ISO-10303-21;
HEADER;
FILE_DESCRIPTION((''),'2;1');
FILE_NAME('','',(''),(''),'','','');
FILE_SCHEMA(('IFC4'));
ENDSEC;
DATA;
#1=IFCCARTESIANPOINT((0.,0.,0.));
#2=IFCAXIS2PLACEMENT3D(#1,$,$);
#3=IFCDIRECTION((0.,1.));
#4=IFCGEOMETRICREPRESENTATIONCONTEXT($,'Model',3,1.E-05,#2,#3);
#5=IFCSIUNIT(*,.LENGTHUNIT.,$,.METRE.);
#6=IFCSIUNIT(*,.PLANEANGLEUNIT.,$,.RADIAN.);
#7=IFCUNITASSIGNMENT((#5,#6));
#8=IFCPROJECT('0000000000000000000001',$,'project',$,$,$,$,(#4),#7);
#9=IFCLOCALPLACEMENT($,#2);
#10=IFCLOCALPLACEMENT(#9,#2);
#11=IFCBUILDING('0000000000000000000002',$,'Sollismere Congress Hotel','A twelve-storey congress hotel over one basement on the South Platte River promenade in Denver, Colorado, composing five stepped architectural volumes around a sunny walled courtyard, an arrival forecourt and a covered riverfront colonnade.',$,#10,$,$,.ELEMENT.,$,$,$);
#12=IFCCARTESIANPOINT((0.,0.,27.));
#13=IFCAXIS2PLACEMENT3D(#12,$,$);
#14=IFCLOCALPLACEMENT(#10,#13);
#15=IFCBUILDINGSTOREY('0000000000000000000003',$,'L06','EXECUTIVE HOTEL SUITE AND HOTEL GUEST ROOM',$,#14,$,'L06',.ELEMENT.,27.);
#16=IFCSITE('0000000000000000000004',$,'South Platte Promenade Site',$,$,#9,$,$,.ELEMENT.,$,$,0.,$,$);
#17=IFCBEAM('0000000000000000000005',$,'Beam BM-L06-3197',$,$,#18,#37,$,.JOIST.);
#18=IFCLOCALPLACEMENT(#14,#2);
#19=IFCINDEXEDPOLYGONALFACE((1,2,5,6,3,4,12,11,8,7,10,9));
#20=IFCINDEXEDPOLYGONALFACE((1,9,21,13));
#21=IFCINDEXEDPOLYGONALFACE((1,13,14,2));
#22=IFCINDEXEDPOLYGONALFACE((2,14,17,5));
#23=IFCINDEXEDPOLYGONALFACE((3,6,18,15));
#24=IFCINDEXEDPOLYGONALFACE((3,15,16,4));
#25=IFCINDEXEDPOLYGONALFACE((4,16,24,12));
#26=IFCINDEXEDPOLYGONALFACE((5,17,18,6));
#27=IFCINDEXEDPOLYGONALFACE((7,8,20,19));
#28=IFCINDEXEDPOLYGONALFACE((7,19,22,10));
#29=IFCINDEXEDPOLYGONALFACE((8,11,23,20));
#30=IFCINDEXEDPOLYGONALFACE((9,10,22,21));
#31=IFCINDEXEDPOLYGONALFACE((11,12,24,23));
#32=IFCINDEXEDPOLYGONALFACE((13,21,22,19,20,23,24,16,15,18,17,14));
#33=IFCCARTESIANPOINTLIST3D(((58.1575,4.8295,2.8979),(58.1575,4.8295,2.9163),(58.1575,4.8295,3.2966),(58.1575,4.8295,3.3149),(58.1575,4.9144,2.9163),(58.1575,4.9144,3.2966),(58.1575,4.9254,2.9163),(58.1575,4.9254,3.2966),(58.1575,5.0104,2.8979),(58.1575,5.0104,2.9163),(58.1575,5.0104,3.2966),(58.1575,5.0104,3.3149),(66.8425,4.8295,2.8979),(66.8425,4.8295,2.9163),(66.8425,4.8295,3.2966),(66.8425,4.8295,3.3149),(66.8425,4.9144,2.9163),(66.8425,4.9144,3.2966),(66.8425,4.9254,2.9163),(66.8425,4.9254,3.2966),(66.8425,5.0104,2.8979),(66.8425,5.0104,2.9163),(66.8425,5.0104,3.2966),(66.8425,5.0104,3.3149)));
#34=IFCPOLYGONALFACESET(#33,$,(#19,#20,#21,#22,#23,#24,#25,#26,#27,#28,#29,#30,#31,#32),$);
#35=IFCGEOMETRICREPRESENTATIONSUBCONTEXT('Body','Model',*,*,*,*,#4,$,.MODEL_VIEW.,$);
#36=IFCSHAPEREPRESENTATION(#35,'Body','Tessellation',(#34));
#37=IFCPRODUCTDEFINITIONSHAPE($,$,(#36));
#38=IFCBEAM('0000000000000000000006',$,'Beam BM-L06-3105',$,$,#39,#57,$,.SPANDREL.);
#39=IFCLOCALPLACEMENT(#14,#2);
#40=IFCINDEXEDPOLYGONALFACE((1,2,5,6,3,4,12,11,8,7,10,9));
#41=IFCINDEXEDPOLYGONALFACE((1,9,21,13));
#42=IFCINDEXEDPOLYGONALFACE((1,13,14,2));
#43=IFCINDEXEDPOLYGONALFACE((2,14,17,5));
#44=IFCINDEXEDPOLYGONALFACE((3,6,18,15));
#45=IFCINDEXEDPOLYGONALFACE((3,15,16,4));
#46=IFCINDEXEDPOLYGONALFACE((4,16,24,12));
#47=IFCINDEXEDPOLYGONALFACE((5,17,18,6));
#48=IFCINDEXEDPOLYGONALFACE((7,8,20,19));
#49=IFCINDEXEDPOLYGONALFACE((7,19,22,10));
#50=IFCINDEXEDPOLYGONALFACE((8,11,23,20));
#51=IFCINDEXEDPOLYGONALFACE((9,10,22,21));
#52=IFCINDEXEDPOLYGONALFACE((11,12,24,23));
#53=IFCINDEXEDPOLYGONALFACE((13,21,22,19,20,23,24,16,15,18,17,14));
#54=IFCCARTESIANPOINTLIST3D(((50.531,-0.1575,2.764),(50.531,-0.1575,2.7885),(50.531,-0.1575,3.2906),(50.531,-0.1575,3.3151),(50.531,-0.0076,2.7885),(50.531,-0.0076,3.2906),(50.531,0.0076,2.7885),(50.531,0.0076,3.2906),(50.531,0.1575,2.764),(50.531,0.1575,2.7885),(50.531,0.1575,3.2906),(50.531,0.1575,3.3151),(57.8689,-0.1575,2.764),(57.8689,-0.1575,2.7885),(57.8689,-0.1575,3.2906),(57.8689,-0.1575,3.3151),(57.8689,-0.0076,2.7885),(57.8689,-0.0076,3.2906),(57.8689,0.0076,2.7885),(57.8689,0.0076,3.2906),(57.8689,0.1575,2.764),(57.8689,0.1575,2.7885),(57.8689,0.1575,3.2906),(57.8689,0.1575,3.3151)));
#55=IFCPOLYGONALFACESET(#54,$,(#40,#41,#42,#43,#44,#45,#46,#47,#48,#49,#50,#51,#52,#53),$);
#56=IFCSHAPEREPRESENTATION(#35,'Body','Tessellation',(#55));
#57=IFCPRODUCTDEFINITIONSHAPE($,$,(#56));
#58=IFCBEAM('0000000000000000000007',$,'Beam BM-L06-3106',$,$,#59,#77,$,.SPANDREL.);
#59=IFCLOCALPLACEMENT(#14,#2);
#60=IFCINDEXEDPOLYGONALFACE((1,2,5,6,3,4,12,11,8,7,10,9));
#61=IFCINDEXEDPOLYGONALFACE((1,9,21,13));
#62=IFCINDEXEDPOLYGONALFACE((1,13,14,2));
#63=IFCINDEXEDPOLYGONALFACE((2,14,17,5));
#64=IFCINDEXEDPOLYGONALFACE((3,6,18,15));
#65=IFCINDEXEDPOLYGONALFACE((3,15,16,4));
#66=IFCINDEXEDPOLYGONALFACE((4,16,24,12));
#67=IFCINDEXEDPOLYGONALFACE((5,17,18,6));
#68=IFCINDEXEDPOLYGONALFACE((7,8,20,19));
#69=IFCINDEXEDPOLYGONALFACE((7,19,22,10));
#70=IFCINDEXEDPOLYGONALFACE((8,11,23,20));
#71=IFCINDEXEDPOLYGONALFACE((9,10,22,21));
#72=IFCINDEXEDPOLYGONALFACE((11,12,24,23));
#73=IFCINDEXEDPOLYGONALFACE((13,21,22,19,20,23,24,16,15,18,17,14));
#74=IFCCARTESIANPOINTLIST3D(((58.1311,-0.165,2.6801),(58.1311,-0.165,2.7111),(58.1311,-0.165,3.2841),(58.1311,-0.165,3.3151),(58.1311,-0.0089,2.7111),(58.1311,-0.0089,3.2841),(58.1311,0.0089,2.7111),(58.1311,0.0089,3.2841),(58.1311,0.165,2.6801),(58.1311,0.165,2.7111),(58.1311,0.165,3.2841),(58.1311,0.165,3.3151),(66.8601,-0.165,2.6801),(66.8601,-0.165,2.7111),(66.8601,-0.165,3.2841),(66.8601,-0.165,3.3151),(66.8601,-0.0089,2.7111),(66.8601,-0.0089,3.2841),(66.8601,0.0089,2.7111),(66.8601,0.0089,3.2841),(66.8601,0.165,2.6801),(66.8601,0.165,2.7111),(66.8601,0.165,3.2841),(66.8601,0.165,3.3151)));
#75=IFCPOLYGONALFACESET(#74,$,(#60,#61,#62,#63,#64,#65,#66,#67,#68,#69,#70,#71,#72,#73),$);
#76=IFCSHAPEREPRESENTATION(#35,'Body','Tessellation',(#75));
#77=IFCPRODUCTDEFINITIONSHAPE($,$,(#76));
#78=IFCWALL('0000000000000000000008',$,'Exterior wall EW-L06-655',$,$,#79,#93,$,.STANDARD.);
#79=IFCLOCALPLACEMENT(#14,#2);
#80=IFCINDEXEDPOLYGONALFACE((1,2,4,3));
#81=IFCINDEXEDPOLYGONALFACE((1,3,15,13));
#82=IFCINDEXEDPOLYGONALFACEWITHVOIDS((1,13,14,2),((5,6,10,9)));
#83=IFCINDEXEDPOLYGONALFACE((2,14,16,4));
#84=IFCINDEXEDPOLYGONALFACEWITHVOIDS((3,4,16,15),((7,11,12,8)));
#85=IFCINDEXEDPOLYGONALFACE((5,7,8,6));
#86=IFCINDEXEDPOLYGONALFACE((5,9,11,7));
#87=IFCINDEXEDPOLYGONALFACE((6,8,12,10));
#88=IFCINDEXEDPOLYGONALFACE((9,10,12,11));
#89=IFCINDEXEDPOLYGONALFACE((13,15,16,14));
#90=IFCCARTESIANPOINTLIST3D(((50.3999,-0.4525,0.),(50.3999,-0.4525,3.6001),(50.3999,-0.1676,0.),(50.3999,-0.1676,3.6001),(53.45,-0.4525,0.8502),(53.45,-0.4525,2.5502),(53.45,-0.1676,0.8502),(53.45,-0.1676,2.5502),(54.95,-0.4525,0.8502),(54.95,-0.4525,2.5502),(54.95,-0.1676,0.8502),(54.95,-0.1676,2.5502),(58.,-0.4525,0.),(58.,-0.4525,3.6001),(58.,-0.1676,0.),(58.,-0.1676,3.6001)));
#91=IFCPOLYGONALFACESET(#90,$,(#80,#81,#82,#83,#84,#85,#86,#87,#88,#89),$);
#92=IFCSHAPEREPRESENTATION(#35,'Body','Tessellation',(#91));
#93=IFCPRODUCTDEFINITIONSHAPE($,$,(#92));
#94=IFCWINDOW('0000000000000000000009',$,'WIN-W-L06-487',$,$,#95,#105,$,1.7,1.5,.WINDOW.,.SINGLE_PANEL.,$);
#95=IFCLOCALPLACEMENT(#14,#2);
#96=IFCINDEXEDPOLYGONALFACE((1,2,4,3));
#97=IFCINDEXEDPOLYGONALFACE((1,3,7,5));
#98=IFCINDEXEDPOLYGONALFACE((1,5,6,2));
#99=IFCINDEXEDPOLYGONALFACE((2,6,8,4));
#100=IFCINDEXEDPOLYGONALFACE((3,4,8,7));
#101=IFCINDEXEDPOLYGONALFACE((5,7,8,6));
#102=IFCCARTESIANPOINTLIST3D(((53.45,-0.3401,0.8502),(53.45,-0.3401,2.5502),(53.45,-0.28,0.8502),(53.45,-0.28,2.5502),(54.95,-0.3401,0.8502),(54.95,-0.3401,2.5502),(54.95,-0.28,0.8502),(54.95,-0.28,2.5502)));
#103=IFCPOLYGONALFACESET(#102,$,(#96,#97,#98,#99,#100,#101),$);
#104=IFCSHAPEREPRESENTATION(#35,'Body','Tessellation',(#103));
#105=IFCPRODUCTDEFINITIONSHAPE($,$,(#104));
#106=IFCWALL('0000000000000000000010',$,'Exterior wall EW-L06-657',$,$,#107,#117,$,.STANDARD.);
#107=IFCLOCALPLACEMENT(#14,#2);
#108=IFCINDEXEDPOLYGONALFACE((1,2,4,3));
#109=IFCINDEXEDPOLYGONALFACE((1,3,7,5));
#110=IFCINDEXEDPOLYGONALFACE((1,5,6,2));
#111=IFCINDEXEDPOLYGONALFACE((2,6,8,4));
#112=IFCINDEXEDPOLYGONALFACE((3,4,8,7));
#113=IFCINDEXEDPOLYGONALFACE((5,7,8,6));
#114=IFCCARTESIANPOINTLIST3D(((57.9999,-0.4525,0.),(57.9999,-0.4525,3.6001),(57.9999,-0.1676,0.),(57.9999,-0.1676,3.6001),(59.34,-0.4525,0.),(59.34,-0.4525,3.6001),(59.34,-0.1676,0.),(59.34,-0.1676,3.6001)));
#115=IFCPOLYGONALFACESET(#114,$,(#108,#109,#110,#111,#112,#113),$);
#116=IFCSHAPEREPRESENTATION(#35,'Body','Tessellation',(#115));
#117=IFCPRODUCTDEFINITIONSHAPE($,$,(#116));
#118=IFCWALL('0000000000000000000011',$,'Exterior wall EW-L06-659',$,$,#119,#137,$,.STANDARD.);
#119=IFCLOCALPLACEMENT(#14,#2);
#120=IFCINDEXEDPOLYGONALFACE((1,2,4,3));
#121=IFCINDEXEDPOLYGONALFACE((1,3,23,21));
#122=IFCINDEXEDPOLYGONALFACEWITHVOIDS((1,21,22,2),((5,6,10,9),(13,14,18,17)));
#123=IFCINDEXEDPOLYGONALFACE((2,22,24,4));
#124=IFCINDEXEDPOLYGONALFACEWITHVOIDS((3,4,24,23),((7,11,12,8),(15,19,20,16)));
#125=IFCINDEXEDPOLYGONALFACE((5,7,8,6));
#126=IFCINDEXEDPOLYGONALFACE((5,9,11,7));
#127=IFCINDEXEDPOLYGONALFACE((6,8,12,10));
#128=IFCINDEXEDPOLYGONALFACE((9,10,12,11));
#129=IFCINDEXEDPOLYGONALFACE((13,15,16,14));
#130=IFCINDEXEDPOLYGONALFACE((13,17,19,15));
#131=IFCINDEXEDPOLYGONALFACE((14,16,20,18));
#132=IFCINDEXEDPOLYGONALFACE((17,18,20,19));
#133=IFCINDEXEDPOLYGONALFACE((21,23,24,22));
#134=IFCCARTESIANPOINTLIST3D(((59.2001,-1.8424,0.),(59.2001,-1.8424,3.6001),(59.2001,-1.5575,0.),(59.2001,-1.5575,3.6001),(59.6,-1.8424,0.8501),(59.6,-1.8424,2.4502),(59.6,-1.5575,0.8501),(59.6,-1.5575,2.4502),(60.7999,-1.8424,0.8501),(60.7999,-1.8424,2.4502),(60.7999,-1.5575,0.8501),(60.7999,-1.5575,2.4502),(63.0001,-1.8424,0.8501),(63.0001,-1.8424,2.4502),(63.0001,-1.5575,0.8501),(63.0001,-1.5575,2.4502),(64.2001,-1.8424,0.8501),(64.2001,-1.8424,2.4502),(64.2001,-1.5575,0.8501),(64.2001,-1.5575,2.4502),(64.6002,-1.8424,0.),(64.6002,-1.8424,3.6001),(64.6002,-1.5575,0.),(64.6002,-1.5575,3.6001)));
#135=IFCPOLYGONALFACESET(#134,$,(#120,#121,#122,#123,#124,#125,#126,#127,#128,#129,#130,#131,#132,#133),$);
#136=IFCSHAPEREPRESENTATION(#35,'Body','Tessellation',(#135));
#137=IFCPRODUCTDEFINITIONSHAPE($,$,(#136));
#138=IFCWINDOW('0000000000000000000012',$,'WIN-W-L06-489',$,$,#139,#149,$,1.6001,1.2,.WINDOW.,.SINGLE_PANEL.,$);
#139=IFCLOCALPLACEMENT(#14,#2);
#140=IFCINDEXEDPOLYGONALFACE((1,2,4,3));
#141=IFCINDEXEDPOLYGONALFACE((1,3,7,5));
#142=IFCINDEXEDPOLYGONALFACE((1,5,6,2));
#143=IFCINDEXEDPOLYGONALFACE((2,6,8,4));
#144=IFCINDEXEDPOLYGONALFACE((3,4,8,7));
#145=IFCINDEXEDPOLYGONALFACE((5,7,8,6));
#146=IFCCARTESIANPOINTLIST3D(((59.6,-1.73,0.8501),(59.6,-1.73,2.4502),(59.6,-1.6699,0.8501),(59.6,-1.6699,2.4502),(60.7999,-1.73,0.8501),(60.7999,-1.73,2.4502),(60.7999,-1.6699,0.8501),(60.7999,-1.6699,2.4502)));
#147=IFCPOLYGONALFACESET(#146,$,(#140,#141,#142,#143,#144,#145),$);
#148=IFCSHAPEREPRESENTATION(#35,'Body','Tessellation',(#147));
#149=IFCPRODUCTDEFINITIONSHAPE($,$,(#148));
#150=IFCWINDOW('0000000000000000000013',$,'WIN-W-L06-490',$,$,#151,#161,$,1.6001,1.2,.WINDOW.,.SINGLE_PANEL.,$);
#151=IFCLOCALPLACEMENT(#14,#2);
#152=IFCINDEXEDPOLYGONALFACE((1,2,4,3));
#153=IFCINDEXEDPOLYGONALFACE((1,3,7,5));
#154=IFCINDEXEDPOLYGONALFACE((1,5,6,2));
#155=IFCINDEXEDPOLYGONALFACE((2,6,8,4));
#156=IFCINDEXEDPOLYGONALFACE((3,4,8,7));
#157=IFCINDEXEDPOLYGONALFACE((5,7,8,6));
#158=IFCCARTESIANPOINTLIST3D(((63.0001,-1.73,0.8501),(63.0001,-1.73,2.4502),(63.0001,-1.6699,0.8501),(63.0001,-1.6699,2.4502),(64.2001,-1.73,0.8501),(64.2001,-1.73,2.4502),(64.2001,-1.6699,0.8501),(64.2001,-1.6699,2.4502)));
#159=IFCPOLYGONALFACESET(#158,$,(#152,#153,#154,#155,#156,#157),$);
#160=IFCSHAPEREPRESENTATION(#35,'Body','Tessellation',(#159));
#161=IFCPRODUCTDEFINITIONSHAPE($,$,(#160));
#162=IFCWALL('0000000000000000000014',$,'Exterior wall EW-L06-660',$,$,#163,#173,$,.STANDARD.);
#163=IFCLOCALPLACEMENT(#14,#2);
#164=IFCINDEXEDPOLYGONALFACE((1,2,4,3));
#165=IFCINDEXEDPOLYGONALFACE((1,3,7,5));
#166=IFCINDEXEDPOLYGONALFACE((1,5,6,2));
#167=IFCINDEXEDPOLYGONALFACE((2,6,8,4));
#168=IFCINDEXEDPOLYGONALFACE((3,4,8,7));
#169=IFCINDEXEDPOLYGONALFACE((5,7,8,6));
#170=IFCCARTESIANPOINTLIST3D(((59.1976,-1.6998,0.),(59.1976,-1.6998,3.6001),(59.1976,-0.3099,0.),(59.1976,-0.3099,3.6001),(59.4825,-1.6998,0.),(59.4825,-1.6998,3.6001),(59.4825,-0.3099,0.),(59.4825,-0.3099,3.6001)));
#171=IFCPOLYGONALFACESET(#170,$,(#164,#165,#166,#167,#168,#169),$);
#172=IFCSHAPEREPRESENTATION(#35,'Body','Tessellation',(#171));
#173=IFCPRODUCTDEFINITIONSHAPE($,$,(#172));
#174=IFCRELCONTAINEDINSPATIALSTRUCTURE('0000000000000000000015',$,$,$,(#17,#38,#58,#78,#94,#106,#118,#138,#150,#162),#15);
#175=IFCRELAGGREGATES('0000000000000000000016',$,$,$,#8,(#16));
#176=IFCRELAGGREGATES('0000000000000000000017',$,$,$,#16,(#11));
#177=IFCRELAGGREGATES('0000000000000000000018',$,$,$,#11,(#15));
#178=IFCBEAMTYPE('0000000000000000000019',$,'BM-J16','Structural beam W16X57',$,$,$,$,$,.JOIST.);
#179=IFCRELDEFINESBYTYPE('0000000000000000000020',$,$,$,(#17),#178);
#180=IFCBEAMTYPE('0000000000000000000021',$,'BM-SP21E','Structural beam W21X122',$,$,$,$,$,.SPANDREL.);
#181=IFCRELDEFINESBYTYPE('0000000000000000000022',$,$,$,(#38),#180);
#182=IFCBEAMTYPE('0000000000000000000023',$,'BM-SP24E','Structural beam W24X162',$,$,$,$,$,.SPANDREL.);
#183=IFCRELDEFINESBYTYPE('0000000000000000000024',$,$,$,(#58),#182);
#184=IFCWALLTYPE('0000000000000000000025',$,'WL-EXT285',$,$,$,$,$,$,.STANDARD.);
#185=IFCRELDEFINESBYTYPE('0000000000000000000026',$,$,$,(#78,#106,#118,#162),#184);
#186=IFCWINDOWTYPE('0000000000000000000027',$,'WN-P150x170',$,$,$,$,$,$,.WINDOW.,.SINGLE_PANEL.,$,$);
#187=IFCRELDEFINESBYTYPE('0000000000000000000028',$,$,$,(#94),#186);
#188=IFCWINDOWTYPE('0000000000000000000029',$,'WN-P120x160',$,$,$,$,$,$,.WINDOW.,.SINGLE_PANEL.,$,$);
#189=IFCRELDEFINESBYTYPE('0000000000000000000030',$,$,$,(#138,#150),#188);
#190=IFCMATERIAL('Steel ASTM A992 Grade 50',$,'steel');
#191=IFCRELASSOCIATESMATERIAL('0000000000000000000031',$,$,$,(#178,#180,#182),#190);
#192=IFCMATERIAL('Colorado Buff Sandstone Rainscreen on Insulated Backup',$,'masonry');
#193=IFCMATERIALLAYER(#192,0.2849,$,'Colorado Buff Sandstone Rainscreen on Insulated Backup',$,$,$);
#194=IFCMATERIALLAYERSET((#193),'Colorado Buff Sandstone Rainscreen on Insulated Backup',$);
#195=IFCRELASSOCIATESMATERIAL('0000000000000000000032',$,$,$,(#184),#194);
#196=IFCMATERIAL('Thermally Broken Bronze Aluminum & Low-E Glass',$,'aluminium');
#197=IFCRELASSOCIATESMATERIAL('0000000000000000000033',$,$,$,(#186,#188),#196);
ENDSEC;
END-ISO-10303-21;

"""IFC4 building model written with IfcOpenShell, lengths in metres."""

from ifc_helpers import new_model, si_unit, direction, frame, frame_2d, origin, origin_2d, place, context, subcontext, project, spatial, rectangle, i_section, extrude, material, layer, layer_set, material_profile, profile_set, type_object, element, fill, save


model = new_model("IFC4")

# Units and contexts
model_context = context("Model", 3, precision=1e-05, world=origin(), true_north=direction((0.0, 1.0)))
body_context = subcontext(model_context, "Body", "Model", "MODEL_VIEW")
ifc_project = project(units=[si_unit("LENGTHUNIT", "METRE"), si_unit("PLANEANGLEUNIT", "RADIAN")], contexts=[model_context])

# Site, building, storey
site_placement = place(None, origin())
site = spatial("IfcSite", under=ifc_project, at=site_placement, Name="South Platte Promenade Site", CompositionType="ELEMENT", RefElevation=0.0)
building_placement = place(site_placement, origin())
building = spatial("IfcBuilding", under=site, at=building_placement, Name="Sollismere Congress Hotel", Description="A twelve-storey congress hotel over one basement on the South Platte River promenade in Denver, Colorado, composing five stepped architectural volumes around a sunny walled courtyard, an arrival forecourt and a covered riverfront colonnade.", CompositionType="ELEMENT")
storey_placement = place(building_placement, frame((0.0, 0.0, 27.0)))
storey = spatial("IfcBuildingStorey", under=building, at=storey_placement, Name="L06", Description="EXECUTIVE HOTEL SUITE AND HOTEL GUEST ROOM", LongName="L06", CompositionType="ELEMENT", Elevation=27.0)

# Shared definitions
ifc_material_1 = material(Name="Steel ASTM A992 Grade 50", Category="steel")

# Beams
ifc_material_profile_1 = material_profile(ifc_material_1, i_section(OverallWidth=0.1809, OverallDepth=0.417, WebThickness=0.011, FlangeThickness=0.0183, at=origin_2d()), Name="W16X57")
ifc_profile_set_1 = profile_set([ifc_material_profile_1], Name="Steel ASTM A992 Grade 50")
beam_type_1 = type_object("IfcBeamType", Name="BM-J16", Description="Structural beam W16X57", PredefinedType="JOIST", material=ifc_profile_set_1)
for number, where, z_axis, x_axis, name in (
    (1, (58.1575, 4.9199, 3.1064), (1.0, 0.0, 0.0), (0.0, 1.0, 0.0), "Beam BM-L06-3197"),
):
    element("IfcBeam", number, at=place(storey_placement, frame(where, z_axis=z_axis, x_axis=x_axis)), inside=storey, type_object=beam_type_1, Name=name, PredefinedType="JOIST", context=body_context, shape_type="SweptSolid", body=[
        extrude(i_section(OverallWidth=0.1809, OverallDepth=0.417, WebThickness=0.011, FlangeThickness=0.0183, at=origin_2d()), origin(), (0.0, 0.0, 1.0), 8.6851),
    ])
ifc_material_profile_2 = material_profile(ifc_material_1, i_section(OverallWidth=0.3149, OverallDepth=0.551, WebThickness=0.0151, FlangeThickness=0.0244, at=origin_2d()), Name="W21X122")
ifc_profile_set_2 = profile_set([ifc_material_profile_2], Name="Steel ASTM A992 Grade 50")
beam_type_2 = type_object("IfcBeamType", Name="BM-SP21E", Description="Structural beam W21X122", PredefinedType="SPANDREL", material=ifc_profile_set_2)
beam_1_placement = place(storey_placement, frame((50.531, 0.0, 3.0396), z_axis=(1.0, 0.0, 0.0), x_axis=(0.0, 1.0, 0.0)))
element("IfcBeam", 2, at=beam_1_placement, inside=storey, type_object=beam_type_2, Name="Beam BM-L06-3105", PredefinedType="SPANDREL", context=body_context, shape_type="SweptSolid", body=[
    extrude(i_section(OverallWidth=0.3149, OverallDepth=0.551, WebThickness=0.0151, FlangeThickness=0.0244, at=origin_2d()), origin(), (0.0, 0.0, 1.0), 7.3379),
])
ifc_material_profile_3 = material_profile(ifc_material_1, i_section(OverallWidth=0.3301, OverallDepth=0.635, WebThickness=0.0178, FlangeThickness=0.031, at=origin_2d()), Name="W24X162")
ifc_profile_set_3 = profile_set([ifc_material_profile_3], Name="Steel ASTM A992 Grade 50")
beam_type_3 = type_object("IfcBeamType", Name="BM-SP24E", Description="Structural beam W24X162", PredefinedType="SPANDREL", material=ifc_profile_set_3)
beam_2_placement = place(storey_placement, frame((58.1311, 0.0, 2.9976), z_axis=(1.0, 0.0, 0.0), x_axis=(0.0, 1.0, 0.0)))
element("IfcBeam", 3, at=beam_2_placement, inside=storey, type_object=beam_type_3, Name="Beam BM-L06-3106", PredefinedType="SPANDREL", context=body_context, shape_type="SweptSolid", body=[
    extrude(i_section(OverallWidth=0.3301, OverallDepth=0.635, WebThickness=0.0178, FlangeThickness=0.031, at=origin_2d()), origin(), (0.0, 0.0, 1.0), 8.729),
])

# Wall, opening, window
ifc_material_2 = material(Name="Colorado Buff Sandstone Rainscreen on Insulated Backup", Category="masonry")
ifc_layer_1 = layer(ifc_material_2, 0.2849, Name="Colorado Buff Sandstone Rainscreen on Insulated Backup")
ifc_layer_set_1 = layer_set([ifc_layer_1], Name="Colorado Buff Sandstone Rainscreen on Insulated Backup")
wall_type_1 = type_object("IfcWallType", Name="WL-EXT285", PredefinedType="STANDARD", material=ifc_layer_set_1)
wall_1_placement = place(storey_placement, frame((50.3999, -0.3101, 0.0), z_axis=(0.0, 0.0, 1.0), x_axis=(1.0, 0.0, 0.0)))
wall_1 = element("IfcWall", 4, at=wall_1_placement, inside=storey, type_object=wall_type_1, Name="Exterior wall EW-L06-655", PredefinedType="STANDARD", context=body_context, shape_type="SweptSolid", body=[
    extrude(rectangle(XDim=7.6001, YDim=0.2849, at=frame_2d((3.8, 0.0))), origin(), (0.0, 0.0, 1.0), 3.6001),
])
opening_1_placement = place(wall_1_placement, frame((3.05, 0.0, 0.8501)))
opening_1 = element("IfcOpeningElement", 5, at=opening_1_placement, cuts=wall_1, PredefinedType="OPENING", context=body_context, shape_type="SweptSolid", body=[
    extrude(rectangle(XDim=1.5, YDim=1.7, at=frame_2d((0.75, 0.8501))), frame((0.0, 0.1523, 0.0), z_axis=(0.0, -1.0, 0.0), x_axis=(1.0, 0.0, 0.0)), (0.0, 0.0, 1.0), 0.3049),
])
ifc_material_3 = material(Name="Thermally Broken Bronze Aluminum & Low-E Glass", Category="aluminium")
window_type_1 = type_object("IfcWindowType", Name="WN-P150x170", PartitioningType="SINGLE_PANEL", PredefinedType="WINDOW", material=ifc_material_3)
window_1_placement = place(opening_1_placement, origin())
window_1 = element("IfcWindow", 6, at=window_1_placement, inside=storey, type_object=window_type_1, Name="WIN-W-L06-487", OverallHeight=1.7, OverallWidth=1.5, PartitioningType="SINGLE_PANEL", PredefinedType="WINDOW", context=body_context, shape_type="SweptSolid", body=[
    extrude(rectangle(XDim=1.5, YDim=1.7, at=frame_2d((0.75, 0.8501))), frame((0.0, 0.03, 0.0), z_axis=(0.0, -1.0, 0.0), x_axis=(1.0, 0.0, 0.0)), (0.0, 0.0, 1.0), 0.0601),
])
fill(opening_1, window_1)

# Wall
wall_2_placement = place(storey_placement, frame((58.0, -0.3101, 0.0), z_axis=(0.0, 0.0, 1.0), x_axis=(1.0, 0.0, 0.0)))
element("IfcWall", 7, at=wall_2_placement, inside=storey, type_object=wall_type_1, Name="Exterior wall EW-L06-657", PredefinedType="STANDARD", context=body_context, shape_type="SweptSolid", body=[
    extrude(rectangle(XDim=1.3401, YDim=0.2849, at=frame_2d((0.6699, 0.0))), origin(), (0.0, 0.0, 1.0), 3.6001),
])

# Wall, openings, windows
wall_3_placement = place(storey_placement, frame((59.2, -1.7, 0.0), z_axis=(0.0, 0.0, 1.0), x_axis=(1.0, 0.0, 0.0)))
wall_3 = element("IfcWall", 8, at=wall_3_placement, inside=storey, type_object=wall_type_1, Name="Exterior wall EW-L06-659", PredefinedType="STANDARD", context=body_context, shape_type="SweptSolid", body=[
    extrude(rectangle(XDim=5.4001, YDim=0.2849, at=frame_2d((2.7002, 0.0))), origin(), (0.0, 0.0, 1.0), 3.6001),
])
opening_2_placement = place(wall_3_placement, frame((0.3999, 0.0, 0.8501)))
opening_2 = element("IfcOpeningElement", 9, at=opening_2_placement, cuts=wall_3, PredefinedType="OPENING", context=body_context, shape_type="SweptSolid", body=[
    extrude(rectangle(XDim=1.2, YDim=1.6001, at=frame_2d((0.6001, 0.8))), frame((0.0, 0.1523, 0.0), z_axis=(0.0, -1.0, 0.0), x_axis=(1.0, 0.0, 0.0)), (0.0, 0.0, 1.0), 0.3049),
])
opening_3_placement = place(wall_3_placement, frame((3.8, 0.0, 0.8501)))
opening_3 = element("IfcOpeningElement", 10, at=opening_3_placement, cuts=wall_3, PredefinedType="OPENING", context=body_context, shape_type="SweptSolid", body=[
    extrude(rectangle(XDim=1.2, YDim=1.6001, at=frame_2d((0.6001, 0.8))), frame((0.0, 0.1523, 0.0), z_axis=(0.0, -1.0, 0.0), x_axis=(1.0, 0.0, 0.0)), (0.0, 0.0, 1.0), 0.3049),
])
window_type_2 = type_object("IfcWindowType", Name="WN-P120x160", PartitioningType="SINGLE_PANEL", PredefinedType="WINDOW", material=ifc_material_3)
window_2_placement = place(opening_2_placement, origin())
window_2 = element("IfcWindow", 11, at=window_2_placement, inside=storey, type_object=window_type_2, Name="WIN-W-L06-489", OverallHeight=1.6001, OverallWidth=1.2, PartitioningType="SINGLE_PANEL", PredefinedType="WINDOW", context=body_context, shape_type="SweptSolid", body=[
    extrude(rectangle(XDim=1.2, YDim=1.6001, at=frame_2d((0.6001, 0.8))), frame((0.0, 0.03, 0.0), z_axis=(0.0, -1.0, 0.0), x_axis=(1.0, 0.0, 0.0)), (0.0, 0.0, 1.0), 0.0601),
])
fill(opening_2, window_2)
window_3_placement = place(opening_3_placement, origin())
window_3 = element("IfcWindow", 12, at=window_3_placement, inside=storey, type_object=window_type_2, Name="WIN-W-L06-490", OverallHeight=1.6001, OverallWidth=1.2, PartitioningType="SINGLE_PANEL", PredefinedType="WINDOW", context=body_context, shape_type="SweptSolid", body=[
    extrude(rectangle(XDim=1.2, YDim=1.6001, at=frame_2d((0.6001, 0.8))), frame((0.0, 0.03, 0.0), z_axis=(0.0, -1.0, 0.0), x_axis=(1.0, 0.0, 0.0)), (0.0, 0.0, 1.0), 0.0601),
])
fill(opening_3, window_3)

# Wall
wall_4_placement = place(storey_placement, frame((59.3401, -0.3101, 0.0), z_axis=(0.0, 0.0, 1.0), x_axis=(0.0, -1.0, 0.0)))
element("IfcWall", 13, at=wall_4_placement, inside=storey, type_object=wall_type_1, Name="Exterior wall EW-L06-660", PredefinedType="STANDARD", context=body_context, shape_type="SweptSolid", body=[
    extrude(rectangle(XDim=1.3899, YDim=0.2849, at=frame_2d((0.6948, 0.0))), origin(), (0.0, 0.0, 1.0), 3.6001),
])

save(model, "model.ifc")
